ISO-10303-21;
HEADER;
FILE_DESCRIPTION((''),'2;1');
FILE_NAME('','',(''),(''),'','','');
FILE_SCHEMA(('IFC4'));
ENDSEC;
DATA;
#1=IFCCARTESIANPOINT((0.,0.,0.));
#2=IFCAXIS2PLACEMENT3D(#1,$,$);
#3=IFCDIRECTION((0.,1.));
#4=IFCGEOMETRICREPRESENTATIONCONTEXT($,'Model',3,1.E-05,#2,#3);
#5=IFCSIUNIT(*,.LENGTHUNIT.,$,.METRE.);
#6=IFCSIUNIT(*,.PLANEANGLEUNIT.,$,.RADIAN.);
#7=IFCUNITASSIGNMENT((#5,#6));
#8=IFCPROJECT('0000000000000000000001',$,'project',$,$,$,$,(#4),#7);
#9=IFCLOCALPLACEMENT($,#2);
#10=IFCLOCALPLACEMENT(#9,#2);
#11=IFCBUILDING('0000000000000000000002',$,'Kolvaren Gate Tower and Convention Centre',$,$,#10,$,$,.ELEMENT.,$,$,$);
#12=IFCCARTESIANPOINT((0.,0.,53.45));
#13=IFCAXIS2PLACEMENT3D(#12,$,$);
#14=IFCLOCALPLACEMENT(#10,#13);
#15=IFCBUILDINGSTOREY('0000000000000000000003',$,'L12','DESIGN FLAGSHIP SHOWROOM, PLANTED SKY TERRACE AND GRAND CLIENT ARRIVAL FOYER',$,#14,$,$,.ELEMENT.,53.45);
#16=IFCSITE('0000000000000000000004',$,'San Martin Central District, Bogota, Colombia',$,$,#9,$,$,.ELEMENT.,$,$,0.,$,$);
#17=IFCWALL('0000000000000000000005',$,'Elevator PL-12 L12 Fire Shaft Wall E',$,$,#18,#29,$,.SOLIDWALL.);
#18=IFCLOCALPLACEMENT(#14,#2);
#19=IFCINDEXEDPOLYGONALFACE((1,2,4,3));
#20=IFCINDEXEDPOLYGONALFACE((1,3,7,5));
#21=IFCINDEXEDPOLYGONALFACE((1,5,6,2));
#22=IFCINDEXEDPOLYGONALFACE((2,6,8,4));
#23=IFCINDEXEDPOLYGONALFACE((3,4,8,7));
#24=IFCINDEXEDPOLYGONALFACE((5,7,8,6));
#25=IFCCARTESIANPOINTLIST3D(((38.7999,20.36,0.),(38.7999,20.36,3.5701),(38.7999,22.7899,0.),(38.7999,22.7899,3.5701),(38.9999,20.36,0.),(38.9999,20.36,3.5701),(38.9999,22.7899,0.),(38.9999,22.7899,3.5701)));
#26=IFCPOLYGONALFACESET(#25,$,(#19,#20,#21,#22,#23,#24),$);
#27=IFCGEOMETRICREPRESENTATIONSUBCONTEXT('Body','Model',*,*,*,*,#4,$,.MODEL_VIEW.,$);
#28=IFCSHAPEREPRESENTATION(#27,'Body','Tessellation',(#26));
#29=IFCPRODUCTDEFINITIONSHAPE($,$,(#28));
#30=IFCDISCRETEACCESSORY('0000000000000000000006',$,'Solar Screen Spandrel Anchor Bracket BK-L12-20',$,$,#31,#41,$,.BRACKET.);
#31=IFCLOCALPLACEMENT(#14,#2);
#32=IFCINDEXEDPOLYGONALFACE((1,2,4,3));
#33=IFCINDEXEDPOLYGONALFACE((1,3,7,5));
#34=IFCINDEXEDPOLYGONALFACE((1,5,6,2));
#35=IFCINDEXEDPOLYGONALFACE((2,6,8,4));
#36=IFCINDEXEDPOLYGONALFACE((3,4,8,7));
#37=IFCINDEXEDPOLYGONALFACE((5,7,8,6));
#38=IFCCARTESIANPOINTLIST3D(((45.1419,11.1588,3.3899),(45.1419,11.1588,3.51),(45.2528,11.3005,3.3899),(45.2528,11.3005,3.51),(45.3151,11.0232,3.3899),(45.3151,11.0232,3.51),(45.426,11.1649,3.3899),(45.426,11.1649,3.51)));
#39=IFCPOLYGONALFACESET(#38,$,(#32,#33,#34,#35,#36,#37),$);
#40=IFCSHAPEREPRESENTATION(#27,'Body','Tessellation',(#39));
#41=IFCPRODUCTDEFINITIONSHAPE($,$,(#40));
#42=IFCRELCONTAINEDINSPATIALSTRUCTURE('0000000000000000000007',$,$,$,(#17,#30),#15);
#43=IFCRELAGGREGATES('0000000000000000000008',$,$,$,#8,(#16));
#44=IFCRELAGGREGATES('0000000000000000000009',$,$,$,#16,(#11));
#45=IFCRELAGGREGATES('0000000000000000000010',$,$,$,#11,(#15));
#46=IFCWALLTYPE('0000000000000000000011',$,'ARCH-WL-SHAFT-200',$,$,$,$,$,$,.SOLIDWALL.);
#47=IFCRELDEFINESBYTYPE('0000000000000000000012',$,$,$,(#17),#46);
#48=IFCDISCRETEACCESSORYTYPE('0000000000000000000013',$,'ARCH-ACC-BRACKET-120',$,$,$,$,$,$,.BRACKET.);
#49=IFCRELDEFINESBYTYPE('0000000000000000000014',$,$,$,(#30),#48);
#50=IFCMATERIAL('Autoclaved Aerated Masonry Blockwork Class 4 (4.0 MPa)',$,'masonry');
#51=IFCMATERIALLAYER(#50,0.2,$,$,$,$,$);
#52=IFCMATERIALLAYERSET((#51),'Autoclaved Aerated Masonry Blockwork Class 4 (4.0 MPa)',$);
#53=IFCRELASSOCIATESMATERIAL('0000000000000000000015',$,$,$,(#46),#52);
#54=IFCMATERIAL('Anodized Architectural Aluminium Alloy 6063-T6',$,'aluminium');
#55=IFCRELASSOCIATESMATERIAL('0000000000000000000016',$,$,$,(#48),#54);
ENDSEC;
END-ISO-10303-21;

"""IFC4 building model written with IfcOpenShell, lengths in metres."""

from ifc_helpers import new_model, si_unit, direction, frame, frame_2d, origin, origin_2d, place, context, subcontext, project, spatial, rectangle, extrude, material, layer, layer_set, type_object, element, save


model = new_model("IFC4")

# Units and contexts
model_context = context("Model", 3, precision=1e-05, world=origin(), true_north=direction((0.0, 1.0)))
body_context = subcontext(model_context, "Body", "Model", "MODEL_VIEW")
ifc_project = project(units=[si_unit("LENGTHUNIT", "METRE"), si_unit("PLANEANGLEUNIT", "RADIAN")], contexts=[model_context])

# Site, building, storey
site_placement = place(None, origin())
site = spatial("IfcSite", under=ifc_project, at=site_placement, Name="San Martin Central District, Bogota, Colombia", CompositionType="ELEMENT", RefElevation=0.0)
building_placement = place(site_placement, origin())
building = spatial("IfcBuilding", under=site, at=building_placement, Name="Kolvaren Gate Tower and Convention Centre", CompositionType="ELEMENT")
storey_placement = place(building_placement, frame((0.0, 0.0, 53.45)))
storey = spatial("IfcBuildingStorey", under=building, at=storey_placement, Name="L12", Description="DESIGN FLAGSHIP SHOWROOM, PLANTED SKY TERRACE AND GRAND CLIENT ARRIVAL FOYER", CompositionType="ELEMENT", Elevation=53.45)

# Shared definitions
ifc_material_1 = material(Name="Anodized Architectural Aluminium Alloy 6063-T6", Category="aluminium")

# Wall
ifc_material_2 = material(Name="Autoclaved Aerated Masonry Blockwork Class 4 (4.0 MPa)", Category="masonry")
ifc_layer_1 = layer(ifc_material_2, 0.2)
ifc_layer_set_1 = layer_set([ifc_layer_1], Name="Autoclaved Aerated Masonry Blockwork Class 4 (4.0 MPa)")
wall_type_1 = type_object("IfcWallType", Name="ARCH-WL-SHAFT-200", PredefinedType="SOLIDWALL", material=ifc_layer_set_1)
for number, where, z_axis, x_axis, name in (
    (1, (38.8999, 20.3601, 0.0), (0.0, 0.0, 1.0), (0.0, 1.0, 0.0), "Elevator PL-12 L12 Fire Shaft Wall E"),
):
    element("IfcWall", number, at=place(storey_placement, frame(where, z_axis=z_axis, x_axis=x_axis)), inside=storey, type_object=wall_type_1, Name=name, PredefinedType="SOLIDWALL", context=body_context, shape_type="SweptSolid", body=[
        extrude(rectangle(XDim=2.4299, YDim=0.2, at=frame_2d((1.2148, 0.0))), origin(), (0.0, 0.0, 1.0), 3.5701),
    ])

# Discrete accessory
discrete_accessory_type = type_object("IfcDiscreteAccessoryType", Name="ARCH-ACC-BRACKET-120", PredefinedType="BRACKET", material=ifc_material_1)
discrete_accessory_placement = place(storey_placement, frame((45.2839, 11.1619, 3.3899), z_axis=(0.0, 0.0, 1.0), x_axis=(0.616431, 0.787409, 0.0)))
element("IfcDiscreteAccessory", 2, at=discrete_accessory_placement, inside=storey, type_object=discrete_accessory_type, Name="Solar Screen Spandrel Anchor Bracket BK-L12-20", PredefinedType="BRACKET", context=body_context, shape_type="SweptSolid", body=[
    extrude(rectangle(XDim=0.1799, YDim=0.22, at=origin_2d()), origin(), (0.0, 0.0, 1.0), 0.1201),
])

save(model, "model.ifc")
